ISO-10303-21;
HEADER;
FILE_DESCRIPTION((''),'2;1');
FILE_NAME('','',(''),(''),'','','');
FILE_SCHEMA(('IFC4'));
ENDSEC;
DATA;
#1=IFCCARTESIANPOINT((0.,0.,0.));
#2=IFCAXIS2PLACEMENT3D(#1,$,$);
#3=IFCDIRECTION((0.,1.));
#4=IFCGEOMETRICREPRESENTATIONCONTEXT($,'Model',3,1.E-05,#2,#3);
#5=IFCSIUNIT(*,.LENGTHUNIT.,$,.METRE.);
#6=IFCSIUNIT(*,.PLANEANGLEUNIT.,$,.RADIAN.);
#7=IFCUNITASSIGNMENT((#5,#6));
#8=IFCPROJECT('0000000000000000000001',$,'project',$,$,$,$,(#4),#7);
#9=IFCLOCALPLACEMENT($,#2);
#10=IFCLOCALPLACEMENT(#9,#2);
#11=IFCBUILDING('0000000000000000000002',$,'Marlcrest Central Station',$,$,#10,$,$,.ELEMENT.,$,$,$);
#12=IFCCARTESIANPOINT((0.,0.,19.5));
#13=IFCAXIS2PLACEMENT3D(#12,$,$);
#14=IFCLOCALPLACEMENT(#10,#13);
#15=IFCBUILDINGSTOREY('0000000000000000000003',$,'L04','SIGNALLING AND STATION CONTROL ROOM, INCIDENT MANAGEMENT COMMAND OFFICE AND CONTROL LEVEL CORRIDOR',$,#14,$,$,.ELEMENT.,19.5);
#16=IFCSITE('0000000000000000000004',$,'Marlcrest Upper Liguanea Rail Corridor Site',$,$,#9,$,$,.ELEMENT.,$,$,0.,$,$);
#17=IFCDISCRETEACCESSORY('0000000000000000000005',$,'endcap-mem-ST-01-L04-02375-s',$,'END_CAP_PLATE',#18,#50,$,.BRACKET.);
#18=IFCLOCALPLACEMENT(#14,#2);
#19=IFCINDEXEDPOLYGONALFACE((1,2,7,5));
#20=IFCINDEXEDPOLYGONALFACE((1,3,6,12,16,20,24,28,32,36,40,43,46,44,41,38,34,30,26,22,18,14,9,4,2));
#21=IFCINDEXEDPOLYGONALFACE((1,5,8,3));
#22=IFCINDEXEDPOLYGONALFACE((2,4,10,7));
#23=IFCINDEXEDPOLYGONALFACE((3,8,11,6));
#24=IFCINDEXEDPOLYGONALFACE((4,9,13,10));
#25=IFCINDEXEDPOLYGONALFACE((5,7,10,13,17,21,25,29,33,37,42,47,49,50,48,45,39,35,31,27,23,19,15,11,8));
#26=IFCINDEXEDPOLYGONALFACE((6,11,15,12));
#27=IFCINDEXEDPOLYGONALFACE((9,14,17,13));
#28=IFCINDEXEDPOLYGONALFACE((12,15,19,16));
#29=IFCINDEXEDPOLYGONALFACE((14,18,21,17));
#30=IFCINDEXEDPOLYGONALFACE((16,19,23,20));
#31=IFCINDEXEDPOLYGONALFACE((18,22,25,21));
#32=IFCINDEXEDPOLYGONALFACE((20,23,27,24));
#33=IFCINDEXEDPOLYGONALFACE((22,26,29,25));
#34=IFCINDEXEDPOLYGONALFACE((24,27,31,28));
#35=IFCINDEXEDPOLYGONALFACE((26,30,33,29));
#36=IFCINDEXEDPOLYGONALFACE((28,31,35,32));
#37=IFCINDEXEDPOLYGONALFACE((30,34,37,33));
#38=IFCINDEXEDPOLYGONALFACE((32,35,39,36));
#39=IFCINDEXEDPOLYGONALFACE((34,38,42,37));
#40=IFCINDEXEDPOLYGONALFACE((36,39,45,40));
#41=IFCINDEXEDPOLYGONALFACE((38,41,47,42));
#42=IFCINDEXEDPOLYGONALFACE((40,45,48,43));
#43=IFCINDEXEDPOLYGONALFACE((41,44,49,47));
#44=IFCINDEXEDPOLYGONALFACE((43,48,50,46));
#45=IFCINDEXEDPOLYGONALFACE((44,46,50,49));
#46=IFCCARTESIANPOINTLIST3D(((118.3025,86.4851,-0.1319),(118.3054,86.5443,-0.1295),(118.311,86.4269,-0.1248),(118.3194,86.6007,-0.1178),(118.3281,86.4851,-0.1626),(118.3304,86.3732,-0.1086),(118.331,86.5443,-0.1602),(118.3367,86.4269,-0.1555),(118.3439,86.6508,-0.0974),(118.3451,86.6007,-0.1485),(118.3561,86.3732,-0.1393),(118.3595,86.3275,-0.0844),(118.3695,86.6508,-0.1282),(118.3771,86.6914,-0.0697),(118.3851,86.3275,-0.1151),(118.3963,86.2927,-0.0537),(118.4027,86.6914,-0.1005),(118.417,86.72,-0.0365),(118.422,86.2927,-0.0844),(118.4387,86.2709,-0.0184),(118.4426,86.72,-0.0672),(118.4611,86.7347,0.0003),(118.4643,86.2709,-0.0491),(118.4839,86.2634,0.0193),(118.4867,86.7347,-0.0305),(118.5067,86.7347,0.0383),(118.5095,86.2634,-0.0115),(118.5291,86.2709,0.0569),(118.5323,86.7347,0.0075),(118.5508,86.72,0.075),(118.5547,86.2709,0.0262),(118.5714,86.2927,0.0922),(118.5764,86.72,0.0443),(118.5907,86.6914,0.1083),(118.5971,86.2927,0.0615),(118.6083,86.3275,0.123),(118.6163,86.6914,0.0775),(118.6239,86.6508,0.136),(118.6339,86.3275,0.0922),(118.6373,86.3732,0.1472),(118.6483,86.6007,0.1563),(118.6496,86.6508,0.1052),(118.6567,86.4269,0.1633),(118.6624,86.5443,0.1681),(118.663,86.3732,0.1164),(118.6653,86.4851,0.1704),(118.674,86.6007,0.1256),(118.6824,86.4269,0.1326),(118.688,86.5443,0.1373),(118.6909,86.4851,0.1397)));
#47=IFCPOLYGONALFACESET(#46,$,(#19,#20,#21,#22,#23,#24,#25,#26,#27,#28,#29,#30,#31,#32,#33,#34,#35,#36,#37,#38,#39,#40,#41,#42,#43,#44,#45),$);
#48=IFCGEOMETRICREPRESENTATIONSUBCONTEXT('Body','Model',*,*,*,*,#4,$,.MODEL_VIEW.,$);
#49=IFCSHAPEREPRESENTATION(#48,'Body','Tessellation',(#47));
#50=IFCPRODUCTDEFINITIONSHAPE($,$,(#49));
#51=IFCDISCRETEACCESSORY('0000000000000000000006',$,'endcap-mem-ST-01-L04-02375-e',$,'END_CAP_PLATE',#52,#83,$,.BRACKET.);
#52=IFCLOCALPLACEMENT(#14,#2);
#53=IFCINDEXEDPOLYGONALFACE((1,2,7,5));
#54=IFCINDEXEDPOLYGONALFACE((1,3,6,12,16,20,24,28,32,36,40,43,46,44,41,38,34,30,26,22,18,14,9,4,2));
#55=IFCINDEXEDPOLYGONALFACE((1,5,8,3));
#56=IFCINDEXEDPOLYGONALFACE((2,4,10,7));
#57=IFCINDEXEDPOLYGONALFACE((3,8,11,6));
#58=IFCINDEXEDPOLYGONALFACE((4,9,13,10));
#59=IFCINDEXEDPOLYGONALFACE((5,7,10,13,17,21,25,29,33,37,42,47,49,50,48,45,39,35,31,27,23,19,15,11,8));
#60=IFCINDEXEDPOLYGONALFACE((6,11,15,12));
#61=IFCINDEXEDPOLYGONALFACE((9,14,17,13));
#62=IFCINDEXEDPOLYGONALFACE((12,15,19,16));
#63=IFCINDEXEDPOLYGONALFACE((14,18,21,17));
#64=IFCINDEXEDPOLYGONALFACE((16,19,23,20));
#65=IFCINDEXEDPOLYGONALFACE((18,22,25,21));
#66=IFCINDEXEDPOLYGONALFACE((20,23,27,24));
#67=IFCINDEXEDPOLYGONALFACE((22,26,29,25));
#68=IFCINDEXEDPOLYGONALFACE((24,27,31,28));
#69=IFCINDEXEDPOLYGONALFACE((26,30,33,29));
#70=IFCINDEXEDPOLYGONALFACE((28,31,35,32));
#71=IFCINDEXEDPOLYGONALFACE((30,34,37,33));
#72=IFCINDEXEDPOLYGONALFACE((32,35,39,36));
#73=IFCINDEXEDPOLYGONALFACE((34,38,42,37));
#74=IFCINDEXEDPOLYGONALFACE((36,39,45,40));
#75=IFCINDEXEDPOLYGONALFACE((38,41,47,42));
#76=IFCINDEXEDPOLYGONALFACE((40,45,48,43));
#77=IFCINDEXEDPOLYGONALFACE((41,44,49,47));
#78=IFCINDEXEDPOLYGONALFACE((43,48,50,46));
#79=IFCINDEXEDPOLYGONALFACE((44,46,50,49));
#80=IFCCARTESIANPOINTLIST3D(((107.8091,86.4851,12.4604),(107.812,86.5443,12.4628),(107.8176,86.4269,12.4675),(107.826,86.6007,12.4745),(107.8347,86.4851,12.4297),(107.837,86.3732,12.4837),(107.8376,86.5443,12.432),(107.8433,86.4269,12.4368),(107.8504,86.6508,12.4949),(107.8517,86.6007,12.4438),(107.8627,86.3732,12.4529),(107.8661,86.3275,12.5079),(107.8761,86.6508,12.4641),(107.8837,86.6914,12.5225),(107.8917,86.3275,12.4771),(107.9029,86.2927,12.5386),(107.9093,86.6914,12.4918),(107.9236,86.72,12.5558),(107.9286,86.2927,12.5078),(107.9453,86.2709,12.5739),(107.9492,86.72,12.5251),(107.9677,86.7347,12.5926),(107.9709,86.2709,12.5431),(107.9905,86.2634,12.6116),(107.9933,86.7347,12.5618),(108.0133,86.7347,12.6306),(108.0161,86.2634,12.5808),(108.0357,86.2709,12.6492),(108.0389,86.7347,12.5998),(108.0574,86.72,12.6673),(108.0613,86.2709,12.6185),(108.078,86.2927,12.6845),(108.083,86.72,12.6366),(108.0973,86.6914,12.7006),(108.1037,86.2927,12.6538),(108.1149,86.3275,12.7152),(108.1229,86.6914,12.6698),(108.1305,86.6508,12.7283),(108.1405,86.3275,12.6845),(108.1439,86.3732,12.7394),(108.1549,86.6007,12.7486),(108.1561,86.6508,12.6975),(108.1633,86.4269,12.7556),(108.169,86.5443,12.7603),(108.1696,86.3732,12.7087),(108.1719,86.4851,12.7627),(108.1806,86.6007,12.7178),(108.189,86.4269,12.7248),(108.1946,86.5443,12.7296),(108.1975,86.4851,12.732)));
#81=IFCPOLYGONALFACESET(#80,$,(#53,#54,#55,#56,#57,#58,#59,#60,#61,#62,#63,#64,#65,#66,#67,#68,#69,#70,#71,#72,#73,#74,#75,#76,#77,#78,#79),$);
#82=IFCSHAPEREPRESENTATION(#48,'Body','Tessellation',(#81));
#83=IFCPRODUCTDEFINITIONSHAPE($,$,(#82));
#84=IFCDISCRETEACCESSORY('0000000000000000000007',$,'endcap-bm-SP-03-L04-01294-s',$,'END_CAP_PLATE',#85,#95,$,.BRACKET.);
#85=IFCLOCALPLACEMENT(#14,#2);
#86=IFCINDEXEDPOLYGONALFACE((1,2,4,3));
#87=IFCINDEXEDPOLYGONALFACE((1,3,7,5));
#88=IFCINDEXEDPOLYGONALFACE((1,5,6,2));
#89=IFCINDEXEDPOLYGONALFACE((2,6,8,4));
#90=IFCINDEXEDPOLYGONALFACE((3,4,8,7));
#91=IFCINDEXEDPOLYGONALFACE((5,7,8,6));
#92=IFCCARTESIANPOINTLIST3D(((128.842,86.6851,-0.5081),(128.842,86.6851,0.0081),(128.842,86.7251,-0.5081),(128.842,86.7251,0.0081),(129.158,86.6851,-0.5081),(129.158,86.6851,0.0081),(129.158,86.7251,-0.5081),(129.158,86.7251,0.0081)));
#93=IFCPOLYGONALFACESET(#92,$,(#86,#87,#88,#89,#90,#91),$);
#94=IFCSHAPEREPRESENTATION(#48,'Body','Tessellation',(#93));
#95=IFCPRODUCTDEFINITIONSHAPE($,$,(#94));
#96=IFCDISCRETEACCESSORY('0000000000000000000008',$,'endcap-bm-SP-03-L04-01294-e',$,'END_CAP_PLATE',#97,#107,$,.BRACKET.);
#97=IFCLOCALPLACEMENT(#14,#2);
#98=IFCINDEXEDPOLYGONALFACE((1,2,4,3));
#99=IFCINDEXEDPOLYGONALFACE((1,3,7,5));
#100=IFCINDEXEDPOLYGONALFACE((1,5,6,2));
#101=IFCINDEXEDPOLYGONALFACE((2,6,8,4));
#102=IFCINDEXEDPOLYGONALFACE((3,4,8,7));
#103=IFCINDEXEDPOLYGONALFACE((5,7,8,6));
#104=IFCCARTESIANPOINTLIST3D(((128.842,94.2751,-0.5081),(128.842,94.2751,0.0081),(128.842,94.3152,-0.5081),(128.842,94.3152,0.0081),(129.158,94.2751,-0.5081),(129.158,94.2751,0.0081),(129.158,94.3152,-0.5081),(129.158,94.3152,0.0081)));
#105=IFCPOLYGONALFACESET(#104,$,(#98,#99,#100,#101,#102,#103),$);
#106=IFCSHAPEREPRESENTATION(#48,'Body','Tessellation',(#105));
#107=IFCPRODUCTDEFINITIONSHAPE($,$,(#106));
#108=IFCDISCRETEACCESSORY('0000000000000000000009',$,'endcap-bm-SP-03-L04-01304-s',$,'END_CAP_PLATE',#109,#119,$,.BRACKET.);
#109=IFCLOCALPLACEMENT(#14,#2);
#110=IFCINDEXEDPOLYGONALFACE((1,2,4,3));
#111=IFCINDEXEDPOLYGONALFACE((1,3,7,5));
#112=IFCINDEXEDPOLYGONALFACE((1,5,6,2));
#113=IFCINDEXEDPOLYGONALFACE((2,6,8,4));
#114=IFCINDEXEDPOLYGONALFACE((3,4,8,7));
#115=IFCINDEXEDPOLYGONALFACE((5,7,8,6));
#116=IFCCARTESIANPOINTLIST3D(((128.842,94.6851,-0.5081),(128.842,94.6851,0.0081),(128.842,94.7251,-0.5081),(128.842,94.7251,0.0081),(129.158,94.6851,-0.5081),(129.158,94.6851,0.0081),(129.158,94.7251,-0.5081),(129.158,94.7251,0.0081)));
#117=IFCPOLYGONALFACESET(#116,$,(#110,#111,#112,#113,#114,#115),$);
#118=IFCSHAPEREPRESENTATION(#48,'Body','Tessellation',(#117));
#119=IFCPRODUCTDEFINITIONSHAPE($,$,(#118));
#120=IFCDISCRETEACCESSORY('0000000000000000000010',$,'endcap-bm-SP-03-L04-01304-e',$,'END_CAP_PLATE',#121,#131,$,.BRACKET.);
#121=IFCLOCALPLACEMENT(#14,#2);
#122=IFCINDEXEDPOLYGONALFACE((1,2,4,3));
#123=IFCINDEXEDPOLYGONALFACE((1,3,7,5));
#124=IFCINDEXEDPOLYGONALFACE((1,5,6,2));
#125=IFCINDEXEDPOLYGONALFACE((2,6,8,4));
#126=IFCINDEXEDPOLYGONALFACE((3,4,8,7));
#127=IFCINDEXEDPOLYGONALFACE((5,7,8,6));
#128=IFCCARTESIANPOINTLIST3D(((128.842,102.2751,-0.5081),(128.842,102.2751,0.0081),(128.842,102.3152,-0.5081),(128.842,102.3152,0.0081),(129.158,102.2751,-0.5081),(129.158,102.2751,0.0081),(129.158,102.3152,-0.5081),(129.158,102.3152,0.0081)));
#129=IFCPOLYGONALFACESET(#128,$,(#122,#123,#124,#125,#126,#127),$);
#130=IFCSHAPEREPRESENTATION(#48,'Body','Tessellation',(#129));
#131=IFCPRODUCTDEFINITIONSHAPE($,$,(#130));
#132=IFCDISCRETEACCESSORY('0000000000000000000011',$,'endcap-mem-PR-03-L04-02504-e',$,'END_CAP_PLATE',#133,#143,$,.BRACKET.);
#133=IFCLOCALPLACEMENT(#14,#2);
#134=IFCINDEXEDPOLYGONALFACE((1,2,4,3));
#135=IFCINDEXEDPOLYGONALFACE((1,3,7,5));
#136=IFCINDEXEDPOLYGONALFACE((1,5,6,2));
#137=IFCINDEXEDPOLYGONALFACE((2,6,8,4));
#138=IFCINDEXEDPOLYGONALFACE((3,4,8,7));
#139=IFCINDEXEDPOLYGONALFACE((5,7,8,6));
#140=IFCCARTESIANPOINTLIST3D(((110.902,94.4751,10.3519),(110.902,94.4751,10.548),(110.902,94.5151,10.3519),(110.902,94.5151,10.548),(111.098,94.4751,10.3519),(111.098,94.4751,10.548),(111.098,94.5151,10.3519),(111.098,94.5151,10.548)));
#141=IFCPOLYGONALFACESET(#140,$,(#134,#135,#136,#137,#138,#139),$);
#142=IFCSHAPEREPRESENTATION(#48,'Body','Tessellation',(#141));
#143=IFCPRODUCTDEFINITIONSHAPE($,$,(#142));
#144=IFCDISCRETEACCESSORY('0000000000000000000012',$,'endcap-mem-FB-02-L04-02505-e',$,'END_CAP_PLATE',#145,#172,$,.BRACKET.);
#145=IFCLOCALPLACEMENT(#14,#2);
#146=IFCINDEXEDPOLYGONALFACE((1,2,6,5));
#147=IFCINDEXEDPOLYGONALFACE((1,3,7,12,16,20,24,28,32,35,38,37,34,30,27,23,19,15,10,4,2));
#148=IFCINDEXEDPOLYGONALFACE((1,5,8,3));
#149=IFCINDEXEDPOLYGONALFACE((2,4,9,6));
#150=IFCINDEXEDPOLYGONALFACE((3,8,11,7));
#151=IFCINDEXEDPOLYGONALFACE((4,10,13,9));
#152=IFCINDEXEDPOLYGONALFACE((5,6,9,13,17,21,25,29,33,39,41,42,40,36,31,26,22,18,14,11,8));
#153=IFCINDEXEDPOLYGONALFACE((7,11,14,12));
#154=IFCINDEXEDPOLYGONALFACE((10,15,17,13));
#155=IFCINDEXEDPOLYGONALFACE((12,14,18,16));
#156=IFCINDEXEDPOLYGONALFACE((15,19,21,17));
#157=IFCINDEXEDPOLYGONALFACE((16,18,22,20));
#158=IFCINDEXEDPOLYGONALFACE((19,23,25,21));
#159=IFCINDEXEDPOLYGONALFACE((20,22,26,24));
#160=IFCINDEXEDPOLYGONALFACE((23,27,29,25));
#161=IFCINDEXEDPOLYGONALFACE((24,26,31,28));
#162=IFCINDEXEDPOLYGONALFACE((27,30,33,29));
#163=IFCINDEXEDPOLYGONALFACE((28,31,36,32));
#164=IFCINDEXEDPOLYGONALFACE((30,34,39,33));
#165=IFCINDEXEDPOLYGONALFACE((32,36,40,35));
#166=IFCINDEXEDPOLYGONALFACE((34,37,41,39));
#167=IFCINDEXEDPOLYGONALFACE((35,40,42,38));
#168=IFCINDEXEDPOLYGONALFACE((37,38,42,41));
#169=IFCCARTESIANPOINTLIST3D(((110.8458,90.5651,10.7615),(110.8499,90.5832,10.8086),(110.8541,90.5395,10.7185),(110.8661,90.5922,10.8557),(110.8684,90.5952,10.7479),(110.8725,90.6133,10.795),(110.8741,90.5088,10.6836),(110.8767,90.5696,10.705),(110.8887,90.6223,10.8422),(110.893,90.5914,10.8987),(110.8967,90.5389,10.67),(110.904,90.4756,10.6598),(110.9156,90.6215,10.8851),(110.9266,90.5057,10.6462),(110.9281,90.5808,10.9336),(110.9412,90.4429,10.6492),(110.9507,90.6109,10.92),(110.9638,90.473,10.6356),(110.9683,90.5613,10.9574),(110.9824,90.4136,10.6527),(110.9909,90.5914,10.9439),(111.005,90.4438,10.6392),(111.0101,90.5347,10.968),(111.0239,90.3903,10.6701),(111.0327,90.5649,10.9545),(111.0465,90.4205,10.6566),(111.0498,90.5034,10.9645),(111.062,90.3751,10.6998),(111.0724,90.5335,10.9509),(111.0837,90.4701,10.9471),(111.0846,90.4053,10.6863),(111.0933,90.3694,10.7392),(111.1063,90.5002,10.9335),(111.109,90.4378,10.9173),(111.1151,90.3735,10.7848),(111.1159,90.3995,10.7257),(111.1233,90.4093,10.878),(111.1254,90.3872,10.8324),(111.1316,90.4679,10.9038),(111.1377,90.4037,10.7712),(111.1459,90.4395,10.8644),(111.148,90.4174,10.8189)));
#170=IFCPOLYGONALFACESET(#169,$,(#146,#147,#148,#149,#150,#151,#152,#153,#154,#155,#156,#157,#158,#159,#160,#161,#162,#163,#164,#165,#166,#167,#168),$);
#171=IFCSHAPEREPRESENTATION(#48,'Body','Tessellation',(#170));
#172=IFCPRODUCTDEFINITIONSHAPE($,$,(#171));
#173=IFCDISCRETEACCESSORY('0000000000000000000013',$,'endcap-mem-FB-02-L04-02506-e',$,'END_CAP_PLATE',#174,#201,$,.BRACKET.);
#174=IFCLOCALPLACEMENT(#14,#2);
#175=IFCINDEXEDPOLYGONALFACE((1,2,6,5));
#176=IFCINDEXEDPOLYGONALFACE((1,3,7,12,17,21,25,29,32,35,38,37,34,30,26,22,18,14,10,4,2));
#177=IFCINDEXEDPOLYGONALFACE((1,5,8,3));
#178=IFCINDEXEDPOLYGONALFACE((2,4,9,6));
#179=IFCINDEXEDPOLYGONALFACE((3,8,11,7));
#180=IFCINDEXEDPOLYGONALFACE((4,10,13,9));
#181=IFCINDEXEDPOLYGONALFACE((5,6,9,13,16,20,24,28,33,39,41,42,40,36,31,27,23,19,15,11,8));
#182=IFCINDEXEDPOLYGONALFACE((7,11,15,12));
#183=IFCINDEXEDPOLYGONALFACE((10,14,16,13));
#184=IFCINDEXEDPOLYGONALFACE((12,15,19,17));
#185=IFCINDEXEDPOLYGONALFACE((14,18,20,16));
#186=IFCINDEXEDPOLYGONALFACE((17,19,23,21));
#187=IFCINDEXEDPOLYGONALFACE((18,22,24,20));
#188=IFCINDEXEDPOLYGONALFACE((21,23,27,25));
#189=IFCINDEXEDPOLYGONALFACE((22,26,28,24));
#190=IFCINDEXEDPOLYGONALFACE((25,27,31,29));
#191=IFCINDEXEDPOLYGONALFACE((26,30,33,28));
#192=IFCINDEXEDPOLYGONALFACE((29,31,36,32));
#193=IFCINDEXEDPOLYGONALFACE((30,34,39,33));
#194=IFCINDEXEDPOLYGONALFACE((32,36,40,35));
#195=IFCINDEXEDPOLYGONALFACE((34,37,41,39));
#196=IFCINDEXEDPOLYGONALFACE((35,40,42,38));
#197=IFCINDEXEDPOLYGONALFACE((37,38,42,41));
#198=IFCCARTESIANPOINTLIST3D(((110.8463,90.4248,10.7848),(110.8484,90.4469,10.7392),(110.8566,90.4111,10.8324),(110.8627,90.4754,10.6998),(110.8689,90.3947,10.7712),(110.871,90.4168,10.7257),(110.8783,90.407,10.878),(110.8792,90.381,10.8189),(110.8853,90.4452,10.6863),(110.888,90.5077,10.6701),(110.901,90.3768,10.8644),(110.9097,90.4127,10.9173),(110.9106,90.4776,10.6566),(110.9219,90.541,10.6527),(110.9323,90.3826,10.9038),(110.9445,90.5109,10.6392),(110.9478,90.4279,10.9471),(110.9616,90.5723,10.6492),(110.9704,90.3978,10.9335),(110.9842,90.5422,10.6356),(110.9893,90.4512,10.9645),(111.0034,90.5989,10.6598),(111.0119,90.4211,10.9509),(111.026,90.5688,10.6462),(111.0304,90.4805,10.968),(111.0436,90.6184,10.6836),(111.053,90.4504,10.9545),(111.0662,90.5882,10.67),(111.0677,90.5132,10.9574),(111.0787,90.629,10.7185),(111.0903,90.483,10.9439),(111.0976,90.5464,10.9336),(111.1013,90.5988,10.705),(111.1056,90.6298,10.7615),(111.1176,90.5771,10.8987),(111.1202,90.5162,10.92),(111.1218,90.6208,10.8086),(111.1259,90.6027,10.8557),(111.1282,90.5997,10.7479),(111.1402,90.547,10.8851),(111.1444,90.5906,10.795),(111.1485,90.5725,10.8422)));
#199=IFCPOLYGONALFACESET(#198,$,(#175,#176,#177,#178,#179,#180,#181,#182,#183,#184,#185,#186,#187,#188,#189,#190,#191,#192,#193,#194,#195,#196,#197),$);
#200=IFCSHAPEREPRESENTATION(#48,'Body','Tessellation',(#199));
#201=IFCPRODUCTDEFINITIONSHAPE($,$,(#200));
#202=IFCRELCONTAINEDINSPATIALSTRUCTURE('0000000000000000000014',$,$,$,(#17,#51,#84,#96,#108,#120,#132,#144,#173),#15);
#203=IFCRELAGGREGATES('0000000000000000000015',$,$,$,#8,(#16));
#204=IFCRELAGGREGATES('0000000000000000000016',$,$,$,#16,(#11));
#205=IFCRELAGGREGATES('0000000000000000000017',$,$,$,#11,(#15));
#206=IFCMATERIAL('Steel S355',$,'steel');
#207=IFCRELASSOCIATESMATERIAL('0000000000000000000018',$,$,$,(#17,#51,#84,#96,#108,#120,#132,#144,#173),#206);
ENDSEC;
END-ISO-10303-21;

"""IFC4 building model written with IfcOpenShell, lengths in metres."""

from ifc_helpers import new_model, si_unit, direction, frame, origin, origin_2d, place, context, subcontext, project, spatial, rectangle, circle, extrude, material, element, save


model = new_model("IFC4")

# Units and contexts
model_context = context("Model", 3, precision=1e-05, world=origin(), true_north=direction((0.0, 1.0)))
body_context = subcontext(model_context, "Body", "Model", "MODEL_VIEW")
ifc_project = project(units=[si_unit("LENGTHUNIT", "METRE"), si_unit("PLANEANGLEUNIT", "RADIAN")], contexts=[model_context])

# Site, building, storey
site_placement = place(None, origin())
site = spatial("IfcSite", under=ifc_project, at=site_placement, Name="Marlcrest Upper Liguanea Rail Corridor Site", CompositionType="ELEMENT", RefElevation=0.0)
building_placement = place(site_placement, origin())
building = spatial("IfcBuilding", under=site, at=building_placement, Name="Marlcrest Central Station", CompositionType="ELEMENT")
storey_placement = place(building_placement, frame((0.0, 0.0, 19.5)))
storey = spatial("IfcBuildingStorey", under=building, at=storey_placement, Name="L04", Description="SIGNALLING AND STATION CONTROL ROOM, INCIDENT MANAGEMENT COMMAND OFFICE AND CONTROL LEVEL CORRIDOR", CompositionType="ELEMENT", Elevation=19.5)

# Shared definitions
ifc_material_1 = material(Name="Steel S355", Category="steel")

# Discrete accessories
for number, where, z_axis, x_axis, name in (
    (1, (118.5095, 86.5, -0.0115), (-0.640181, 0.0, 0.768224), (0.0, -1.0, 0.0), "endcap-mem-ST-01-L04-02375-s"),
    (2, (108.0161, 86.5, 12.5808), (-0.640181, 0.0, 0.768224), (0.0, -1.0, 0.0), "endcap-mem-ST-01-L04-02375-e"),
):
    element("IfcDiscreteAccessory", number, at=place(storey_placement, frame(where, z_axis=z_axis, x_axis=x_axis)), inside=storey, material=ifc_material_1, Name=name, ObjectType="END_CAP_PLATE", PredefinedType="BRACKET", context=body_context, shape_type="SweptSolid", body=[
        extrude(circle(Radius=0.2366, at=origin_2d()), origin(), (0.0, 0.0, 1.0), 0.04),
    ])
for number, where, z_axis, x_axis, name in (
    (3, (129.0, 86.6851, -0.25), (0.0, 1.0, 0.0), (-1.0, 0.0, 0.0), "endcap-bm-SP-03-L04-01294-s"),
    (4, (129.0, 94.2751, -0.25), (0.0, 1.0, 0.0), (-1.0, 0.0, 0.0), "endcap-bm-SP-03-L04-01294-e"),
    (5, (129.0, 94.6851, -0.25), (0.0, 1.0, 0.0), (-1.0, 0.0, 0.0), "endcap-bm-SP-03-L04-01304-s"),
    (6, (129.0, 102.2751, -0.25), (0.0, 1.0, 0.0), (-1.0, 0.0, 0.0), "endcap-bm-SP-03-L04-01304-e"),
):
    element("IfcDiscreteAccessory", number, at=place(storey_placement, frame(where, z_axis=z_axis, x_axis=x_axis)), inside=storey, material=ifc_material_1, Name=name, ObjectType="END_CAP_PLATE", PredefinedType="BRACKET", context=body_context, shape_type="SweptSolid", body=[
        extrude(rectangle(XDim=0.3159, YDim=0.5161, at=origin_2d()), origin(), (0.0, 0.0, 1.0), 0.04),
    ])
discrete_accessory_1_placement = place(storey_placement, frame((111.0, 94.4751, 10.45), z_axis=(0.0, 1.0, 0.0), x_axis=(-1.0, 0.0, 0.0)))
element("IfcDiscreteAccessory", 7, at=discrete_accessory_1_placement, inside=storey, material=ifc_material_1, Name="endcap-mem-PR-03-L04-02504-e", ObjectType="END_CAP_PLATE", PredefinedType="BRACKET", context=body_context, shape_type="SweptSolid", body=[
    extrude(rectangle(XDim=0.196, YDim=0.196, at=origin_2d()), origin(), (0.0, 0.0, 1.0), 0.04),
])
for number, where, z_axis, x_axis, name in (
    (8, (110.9858, 90.4812, 10.8086), (0.564531, 0.752708, -0.338728), (-0.8, 0.6, 0.0), "endcap-mem-FB-02-L04-02505-e"),
    (9, (110.9858, 90.5188, 10.8086), (0.564531, -0.752708, -0.338728), (0.8, 0.6, 0.0), "endcap-mem-FB-02-L04-02506-e"),
):
    element("IfcDiscreteAccessory", number, at=place(storey_placement, frame(where, z_axis=z_axis, x_axis=x_axis)), inside=storey, material=ifc_material_1, Name=name, ObjectType="END_CAP_PLATE", PredefinedType="BRACKET", context=body_context, shape_type="SweptSolid", body=[
        extrude(circle(Radius=0.1699, at=origin_2d()), origin(), (0.0, 0.0, 1.0), 0.04),
    ])

save(model, "model.ifc")
